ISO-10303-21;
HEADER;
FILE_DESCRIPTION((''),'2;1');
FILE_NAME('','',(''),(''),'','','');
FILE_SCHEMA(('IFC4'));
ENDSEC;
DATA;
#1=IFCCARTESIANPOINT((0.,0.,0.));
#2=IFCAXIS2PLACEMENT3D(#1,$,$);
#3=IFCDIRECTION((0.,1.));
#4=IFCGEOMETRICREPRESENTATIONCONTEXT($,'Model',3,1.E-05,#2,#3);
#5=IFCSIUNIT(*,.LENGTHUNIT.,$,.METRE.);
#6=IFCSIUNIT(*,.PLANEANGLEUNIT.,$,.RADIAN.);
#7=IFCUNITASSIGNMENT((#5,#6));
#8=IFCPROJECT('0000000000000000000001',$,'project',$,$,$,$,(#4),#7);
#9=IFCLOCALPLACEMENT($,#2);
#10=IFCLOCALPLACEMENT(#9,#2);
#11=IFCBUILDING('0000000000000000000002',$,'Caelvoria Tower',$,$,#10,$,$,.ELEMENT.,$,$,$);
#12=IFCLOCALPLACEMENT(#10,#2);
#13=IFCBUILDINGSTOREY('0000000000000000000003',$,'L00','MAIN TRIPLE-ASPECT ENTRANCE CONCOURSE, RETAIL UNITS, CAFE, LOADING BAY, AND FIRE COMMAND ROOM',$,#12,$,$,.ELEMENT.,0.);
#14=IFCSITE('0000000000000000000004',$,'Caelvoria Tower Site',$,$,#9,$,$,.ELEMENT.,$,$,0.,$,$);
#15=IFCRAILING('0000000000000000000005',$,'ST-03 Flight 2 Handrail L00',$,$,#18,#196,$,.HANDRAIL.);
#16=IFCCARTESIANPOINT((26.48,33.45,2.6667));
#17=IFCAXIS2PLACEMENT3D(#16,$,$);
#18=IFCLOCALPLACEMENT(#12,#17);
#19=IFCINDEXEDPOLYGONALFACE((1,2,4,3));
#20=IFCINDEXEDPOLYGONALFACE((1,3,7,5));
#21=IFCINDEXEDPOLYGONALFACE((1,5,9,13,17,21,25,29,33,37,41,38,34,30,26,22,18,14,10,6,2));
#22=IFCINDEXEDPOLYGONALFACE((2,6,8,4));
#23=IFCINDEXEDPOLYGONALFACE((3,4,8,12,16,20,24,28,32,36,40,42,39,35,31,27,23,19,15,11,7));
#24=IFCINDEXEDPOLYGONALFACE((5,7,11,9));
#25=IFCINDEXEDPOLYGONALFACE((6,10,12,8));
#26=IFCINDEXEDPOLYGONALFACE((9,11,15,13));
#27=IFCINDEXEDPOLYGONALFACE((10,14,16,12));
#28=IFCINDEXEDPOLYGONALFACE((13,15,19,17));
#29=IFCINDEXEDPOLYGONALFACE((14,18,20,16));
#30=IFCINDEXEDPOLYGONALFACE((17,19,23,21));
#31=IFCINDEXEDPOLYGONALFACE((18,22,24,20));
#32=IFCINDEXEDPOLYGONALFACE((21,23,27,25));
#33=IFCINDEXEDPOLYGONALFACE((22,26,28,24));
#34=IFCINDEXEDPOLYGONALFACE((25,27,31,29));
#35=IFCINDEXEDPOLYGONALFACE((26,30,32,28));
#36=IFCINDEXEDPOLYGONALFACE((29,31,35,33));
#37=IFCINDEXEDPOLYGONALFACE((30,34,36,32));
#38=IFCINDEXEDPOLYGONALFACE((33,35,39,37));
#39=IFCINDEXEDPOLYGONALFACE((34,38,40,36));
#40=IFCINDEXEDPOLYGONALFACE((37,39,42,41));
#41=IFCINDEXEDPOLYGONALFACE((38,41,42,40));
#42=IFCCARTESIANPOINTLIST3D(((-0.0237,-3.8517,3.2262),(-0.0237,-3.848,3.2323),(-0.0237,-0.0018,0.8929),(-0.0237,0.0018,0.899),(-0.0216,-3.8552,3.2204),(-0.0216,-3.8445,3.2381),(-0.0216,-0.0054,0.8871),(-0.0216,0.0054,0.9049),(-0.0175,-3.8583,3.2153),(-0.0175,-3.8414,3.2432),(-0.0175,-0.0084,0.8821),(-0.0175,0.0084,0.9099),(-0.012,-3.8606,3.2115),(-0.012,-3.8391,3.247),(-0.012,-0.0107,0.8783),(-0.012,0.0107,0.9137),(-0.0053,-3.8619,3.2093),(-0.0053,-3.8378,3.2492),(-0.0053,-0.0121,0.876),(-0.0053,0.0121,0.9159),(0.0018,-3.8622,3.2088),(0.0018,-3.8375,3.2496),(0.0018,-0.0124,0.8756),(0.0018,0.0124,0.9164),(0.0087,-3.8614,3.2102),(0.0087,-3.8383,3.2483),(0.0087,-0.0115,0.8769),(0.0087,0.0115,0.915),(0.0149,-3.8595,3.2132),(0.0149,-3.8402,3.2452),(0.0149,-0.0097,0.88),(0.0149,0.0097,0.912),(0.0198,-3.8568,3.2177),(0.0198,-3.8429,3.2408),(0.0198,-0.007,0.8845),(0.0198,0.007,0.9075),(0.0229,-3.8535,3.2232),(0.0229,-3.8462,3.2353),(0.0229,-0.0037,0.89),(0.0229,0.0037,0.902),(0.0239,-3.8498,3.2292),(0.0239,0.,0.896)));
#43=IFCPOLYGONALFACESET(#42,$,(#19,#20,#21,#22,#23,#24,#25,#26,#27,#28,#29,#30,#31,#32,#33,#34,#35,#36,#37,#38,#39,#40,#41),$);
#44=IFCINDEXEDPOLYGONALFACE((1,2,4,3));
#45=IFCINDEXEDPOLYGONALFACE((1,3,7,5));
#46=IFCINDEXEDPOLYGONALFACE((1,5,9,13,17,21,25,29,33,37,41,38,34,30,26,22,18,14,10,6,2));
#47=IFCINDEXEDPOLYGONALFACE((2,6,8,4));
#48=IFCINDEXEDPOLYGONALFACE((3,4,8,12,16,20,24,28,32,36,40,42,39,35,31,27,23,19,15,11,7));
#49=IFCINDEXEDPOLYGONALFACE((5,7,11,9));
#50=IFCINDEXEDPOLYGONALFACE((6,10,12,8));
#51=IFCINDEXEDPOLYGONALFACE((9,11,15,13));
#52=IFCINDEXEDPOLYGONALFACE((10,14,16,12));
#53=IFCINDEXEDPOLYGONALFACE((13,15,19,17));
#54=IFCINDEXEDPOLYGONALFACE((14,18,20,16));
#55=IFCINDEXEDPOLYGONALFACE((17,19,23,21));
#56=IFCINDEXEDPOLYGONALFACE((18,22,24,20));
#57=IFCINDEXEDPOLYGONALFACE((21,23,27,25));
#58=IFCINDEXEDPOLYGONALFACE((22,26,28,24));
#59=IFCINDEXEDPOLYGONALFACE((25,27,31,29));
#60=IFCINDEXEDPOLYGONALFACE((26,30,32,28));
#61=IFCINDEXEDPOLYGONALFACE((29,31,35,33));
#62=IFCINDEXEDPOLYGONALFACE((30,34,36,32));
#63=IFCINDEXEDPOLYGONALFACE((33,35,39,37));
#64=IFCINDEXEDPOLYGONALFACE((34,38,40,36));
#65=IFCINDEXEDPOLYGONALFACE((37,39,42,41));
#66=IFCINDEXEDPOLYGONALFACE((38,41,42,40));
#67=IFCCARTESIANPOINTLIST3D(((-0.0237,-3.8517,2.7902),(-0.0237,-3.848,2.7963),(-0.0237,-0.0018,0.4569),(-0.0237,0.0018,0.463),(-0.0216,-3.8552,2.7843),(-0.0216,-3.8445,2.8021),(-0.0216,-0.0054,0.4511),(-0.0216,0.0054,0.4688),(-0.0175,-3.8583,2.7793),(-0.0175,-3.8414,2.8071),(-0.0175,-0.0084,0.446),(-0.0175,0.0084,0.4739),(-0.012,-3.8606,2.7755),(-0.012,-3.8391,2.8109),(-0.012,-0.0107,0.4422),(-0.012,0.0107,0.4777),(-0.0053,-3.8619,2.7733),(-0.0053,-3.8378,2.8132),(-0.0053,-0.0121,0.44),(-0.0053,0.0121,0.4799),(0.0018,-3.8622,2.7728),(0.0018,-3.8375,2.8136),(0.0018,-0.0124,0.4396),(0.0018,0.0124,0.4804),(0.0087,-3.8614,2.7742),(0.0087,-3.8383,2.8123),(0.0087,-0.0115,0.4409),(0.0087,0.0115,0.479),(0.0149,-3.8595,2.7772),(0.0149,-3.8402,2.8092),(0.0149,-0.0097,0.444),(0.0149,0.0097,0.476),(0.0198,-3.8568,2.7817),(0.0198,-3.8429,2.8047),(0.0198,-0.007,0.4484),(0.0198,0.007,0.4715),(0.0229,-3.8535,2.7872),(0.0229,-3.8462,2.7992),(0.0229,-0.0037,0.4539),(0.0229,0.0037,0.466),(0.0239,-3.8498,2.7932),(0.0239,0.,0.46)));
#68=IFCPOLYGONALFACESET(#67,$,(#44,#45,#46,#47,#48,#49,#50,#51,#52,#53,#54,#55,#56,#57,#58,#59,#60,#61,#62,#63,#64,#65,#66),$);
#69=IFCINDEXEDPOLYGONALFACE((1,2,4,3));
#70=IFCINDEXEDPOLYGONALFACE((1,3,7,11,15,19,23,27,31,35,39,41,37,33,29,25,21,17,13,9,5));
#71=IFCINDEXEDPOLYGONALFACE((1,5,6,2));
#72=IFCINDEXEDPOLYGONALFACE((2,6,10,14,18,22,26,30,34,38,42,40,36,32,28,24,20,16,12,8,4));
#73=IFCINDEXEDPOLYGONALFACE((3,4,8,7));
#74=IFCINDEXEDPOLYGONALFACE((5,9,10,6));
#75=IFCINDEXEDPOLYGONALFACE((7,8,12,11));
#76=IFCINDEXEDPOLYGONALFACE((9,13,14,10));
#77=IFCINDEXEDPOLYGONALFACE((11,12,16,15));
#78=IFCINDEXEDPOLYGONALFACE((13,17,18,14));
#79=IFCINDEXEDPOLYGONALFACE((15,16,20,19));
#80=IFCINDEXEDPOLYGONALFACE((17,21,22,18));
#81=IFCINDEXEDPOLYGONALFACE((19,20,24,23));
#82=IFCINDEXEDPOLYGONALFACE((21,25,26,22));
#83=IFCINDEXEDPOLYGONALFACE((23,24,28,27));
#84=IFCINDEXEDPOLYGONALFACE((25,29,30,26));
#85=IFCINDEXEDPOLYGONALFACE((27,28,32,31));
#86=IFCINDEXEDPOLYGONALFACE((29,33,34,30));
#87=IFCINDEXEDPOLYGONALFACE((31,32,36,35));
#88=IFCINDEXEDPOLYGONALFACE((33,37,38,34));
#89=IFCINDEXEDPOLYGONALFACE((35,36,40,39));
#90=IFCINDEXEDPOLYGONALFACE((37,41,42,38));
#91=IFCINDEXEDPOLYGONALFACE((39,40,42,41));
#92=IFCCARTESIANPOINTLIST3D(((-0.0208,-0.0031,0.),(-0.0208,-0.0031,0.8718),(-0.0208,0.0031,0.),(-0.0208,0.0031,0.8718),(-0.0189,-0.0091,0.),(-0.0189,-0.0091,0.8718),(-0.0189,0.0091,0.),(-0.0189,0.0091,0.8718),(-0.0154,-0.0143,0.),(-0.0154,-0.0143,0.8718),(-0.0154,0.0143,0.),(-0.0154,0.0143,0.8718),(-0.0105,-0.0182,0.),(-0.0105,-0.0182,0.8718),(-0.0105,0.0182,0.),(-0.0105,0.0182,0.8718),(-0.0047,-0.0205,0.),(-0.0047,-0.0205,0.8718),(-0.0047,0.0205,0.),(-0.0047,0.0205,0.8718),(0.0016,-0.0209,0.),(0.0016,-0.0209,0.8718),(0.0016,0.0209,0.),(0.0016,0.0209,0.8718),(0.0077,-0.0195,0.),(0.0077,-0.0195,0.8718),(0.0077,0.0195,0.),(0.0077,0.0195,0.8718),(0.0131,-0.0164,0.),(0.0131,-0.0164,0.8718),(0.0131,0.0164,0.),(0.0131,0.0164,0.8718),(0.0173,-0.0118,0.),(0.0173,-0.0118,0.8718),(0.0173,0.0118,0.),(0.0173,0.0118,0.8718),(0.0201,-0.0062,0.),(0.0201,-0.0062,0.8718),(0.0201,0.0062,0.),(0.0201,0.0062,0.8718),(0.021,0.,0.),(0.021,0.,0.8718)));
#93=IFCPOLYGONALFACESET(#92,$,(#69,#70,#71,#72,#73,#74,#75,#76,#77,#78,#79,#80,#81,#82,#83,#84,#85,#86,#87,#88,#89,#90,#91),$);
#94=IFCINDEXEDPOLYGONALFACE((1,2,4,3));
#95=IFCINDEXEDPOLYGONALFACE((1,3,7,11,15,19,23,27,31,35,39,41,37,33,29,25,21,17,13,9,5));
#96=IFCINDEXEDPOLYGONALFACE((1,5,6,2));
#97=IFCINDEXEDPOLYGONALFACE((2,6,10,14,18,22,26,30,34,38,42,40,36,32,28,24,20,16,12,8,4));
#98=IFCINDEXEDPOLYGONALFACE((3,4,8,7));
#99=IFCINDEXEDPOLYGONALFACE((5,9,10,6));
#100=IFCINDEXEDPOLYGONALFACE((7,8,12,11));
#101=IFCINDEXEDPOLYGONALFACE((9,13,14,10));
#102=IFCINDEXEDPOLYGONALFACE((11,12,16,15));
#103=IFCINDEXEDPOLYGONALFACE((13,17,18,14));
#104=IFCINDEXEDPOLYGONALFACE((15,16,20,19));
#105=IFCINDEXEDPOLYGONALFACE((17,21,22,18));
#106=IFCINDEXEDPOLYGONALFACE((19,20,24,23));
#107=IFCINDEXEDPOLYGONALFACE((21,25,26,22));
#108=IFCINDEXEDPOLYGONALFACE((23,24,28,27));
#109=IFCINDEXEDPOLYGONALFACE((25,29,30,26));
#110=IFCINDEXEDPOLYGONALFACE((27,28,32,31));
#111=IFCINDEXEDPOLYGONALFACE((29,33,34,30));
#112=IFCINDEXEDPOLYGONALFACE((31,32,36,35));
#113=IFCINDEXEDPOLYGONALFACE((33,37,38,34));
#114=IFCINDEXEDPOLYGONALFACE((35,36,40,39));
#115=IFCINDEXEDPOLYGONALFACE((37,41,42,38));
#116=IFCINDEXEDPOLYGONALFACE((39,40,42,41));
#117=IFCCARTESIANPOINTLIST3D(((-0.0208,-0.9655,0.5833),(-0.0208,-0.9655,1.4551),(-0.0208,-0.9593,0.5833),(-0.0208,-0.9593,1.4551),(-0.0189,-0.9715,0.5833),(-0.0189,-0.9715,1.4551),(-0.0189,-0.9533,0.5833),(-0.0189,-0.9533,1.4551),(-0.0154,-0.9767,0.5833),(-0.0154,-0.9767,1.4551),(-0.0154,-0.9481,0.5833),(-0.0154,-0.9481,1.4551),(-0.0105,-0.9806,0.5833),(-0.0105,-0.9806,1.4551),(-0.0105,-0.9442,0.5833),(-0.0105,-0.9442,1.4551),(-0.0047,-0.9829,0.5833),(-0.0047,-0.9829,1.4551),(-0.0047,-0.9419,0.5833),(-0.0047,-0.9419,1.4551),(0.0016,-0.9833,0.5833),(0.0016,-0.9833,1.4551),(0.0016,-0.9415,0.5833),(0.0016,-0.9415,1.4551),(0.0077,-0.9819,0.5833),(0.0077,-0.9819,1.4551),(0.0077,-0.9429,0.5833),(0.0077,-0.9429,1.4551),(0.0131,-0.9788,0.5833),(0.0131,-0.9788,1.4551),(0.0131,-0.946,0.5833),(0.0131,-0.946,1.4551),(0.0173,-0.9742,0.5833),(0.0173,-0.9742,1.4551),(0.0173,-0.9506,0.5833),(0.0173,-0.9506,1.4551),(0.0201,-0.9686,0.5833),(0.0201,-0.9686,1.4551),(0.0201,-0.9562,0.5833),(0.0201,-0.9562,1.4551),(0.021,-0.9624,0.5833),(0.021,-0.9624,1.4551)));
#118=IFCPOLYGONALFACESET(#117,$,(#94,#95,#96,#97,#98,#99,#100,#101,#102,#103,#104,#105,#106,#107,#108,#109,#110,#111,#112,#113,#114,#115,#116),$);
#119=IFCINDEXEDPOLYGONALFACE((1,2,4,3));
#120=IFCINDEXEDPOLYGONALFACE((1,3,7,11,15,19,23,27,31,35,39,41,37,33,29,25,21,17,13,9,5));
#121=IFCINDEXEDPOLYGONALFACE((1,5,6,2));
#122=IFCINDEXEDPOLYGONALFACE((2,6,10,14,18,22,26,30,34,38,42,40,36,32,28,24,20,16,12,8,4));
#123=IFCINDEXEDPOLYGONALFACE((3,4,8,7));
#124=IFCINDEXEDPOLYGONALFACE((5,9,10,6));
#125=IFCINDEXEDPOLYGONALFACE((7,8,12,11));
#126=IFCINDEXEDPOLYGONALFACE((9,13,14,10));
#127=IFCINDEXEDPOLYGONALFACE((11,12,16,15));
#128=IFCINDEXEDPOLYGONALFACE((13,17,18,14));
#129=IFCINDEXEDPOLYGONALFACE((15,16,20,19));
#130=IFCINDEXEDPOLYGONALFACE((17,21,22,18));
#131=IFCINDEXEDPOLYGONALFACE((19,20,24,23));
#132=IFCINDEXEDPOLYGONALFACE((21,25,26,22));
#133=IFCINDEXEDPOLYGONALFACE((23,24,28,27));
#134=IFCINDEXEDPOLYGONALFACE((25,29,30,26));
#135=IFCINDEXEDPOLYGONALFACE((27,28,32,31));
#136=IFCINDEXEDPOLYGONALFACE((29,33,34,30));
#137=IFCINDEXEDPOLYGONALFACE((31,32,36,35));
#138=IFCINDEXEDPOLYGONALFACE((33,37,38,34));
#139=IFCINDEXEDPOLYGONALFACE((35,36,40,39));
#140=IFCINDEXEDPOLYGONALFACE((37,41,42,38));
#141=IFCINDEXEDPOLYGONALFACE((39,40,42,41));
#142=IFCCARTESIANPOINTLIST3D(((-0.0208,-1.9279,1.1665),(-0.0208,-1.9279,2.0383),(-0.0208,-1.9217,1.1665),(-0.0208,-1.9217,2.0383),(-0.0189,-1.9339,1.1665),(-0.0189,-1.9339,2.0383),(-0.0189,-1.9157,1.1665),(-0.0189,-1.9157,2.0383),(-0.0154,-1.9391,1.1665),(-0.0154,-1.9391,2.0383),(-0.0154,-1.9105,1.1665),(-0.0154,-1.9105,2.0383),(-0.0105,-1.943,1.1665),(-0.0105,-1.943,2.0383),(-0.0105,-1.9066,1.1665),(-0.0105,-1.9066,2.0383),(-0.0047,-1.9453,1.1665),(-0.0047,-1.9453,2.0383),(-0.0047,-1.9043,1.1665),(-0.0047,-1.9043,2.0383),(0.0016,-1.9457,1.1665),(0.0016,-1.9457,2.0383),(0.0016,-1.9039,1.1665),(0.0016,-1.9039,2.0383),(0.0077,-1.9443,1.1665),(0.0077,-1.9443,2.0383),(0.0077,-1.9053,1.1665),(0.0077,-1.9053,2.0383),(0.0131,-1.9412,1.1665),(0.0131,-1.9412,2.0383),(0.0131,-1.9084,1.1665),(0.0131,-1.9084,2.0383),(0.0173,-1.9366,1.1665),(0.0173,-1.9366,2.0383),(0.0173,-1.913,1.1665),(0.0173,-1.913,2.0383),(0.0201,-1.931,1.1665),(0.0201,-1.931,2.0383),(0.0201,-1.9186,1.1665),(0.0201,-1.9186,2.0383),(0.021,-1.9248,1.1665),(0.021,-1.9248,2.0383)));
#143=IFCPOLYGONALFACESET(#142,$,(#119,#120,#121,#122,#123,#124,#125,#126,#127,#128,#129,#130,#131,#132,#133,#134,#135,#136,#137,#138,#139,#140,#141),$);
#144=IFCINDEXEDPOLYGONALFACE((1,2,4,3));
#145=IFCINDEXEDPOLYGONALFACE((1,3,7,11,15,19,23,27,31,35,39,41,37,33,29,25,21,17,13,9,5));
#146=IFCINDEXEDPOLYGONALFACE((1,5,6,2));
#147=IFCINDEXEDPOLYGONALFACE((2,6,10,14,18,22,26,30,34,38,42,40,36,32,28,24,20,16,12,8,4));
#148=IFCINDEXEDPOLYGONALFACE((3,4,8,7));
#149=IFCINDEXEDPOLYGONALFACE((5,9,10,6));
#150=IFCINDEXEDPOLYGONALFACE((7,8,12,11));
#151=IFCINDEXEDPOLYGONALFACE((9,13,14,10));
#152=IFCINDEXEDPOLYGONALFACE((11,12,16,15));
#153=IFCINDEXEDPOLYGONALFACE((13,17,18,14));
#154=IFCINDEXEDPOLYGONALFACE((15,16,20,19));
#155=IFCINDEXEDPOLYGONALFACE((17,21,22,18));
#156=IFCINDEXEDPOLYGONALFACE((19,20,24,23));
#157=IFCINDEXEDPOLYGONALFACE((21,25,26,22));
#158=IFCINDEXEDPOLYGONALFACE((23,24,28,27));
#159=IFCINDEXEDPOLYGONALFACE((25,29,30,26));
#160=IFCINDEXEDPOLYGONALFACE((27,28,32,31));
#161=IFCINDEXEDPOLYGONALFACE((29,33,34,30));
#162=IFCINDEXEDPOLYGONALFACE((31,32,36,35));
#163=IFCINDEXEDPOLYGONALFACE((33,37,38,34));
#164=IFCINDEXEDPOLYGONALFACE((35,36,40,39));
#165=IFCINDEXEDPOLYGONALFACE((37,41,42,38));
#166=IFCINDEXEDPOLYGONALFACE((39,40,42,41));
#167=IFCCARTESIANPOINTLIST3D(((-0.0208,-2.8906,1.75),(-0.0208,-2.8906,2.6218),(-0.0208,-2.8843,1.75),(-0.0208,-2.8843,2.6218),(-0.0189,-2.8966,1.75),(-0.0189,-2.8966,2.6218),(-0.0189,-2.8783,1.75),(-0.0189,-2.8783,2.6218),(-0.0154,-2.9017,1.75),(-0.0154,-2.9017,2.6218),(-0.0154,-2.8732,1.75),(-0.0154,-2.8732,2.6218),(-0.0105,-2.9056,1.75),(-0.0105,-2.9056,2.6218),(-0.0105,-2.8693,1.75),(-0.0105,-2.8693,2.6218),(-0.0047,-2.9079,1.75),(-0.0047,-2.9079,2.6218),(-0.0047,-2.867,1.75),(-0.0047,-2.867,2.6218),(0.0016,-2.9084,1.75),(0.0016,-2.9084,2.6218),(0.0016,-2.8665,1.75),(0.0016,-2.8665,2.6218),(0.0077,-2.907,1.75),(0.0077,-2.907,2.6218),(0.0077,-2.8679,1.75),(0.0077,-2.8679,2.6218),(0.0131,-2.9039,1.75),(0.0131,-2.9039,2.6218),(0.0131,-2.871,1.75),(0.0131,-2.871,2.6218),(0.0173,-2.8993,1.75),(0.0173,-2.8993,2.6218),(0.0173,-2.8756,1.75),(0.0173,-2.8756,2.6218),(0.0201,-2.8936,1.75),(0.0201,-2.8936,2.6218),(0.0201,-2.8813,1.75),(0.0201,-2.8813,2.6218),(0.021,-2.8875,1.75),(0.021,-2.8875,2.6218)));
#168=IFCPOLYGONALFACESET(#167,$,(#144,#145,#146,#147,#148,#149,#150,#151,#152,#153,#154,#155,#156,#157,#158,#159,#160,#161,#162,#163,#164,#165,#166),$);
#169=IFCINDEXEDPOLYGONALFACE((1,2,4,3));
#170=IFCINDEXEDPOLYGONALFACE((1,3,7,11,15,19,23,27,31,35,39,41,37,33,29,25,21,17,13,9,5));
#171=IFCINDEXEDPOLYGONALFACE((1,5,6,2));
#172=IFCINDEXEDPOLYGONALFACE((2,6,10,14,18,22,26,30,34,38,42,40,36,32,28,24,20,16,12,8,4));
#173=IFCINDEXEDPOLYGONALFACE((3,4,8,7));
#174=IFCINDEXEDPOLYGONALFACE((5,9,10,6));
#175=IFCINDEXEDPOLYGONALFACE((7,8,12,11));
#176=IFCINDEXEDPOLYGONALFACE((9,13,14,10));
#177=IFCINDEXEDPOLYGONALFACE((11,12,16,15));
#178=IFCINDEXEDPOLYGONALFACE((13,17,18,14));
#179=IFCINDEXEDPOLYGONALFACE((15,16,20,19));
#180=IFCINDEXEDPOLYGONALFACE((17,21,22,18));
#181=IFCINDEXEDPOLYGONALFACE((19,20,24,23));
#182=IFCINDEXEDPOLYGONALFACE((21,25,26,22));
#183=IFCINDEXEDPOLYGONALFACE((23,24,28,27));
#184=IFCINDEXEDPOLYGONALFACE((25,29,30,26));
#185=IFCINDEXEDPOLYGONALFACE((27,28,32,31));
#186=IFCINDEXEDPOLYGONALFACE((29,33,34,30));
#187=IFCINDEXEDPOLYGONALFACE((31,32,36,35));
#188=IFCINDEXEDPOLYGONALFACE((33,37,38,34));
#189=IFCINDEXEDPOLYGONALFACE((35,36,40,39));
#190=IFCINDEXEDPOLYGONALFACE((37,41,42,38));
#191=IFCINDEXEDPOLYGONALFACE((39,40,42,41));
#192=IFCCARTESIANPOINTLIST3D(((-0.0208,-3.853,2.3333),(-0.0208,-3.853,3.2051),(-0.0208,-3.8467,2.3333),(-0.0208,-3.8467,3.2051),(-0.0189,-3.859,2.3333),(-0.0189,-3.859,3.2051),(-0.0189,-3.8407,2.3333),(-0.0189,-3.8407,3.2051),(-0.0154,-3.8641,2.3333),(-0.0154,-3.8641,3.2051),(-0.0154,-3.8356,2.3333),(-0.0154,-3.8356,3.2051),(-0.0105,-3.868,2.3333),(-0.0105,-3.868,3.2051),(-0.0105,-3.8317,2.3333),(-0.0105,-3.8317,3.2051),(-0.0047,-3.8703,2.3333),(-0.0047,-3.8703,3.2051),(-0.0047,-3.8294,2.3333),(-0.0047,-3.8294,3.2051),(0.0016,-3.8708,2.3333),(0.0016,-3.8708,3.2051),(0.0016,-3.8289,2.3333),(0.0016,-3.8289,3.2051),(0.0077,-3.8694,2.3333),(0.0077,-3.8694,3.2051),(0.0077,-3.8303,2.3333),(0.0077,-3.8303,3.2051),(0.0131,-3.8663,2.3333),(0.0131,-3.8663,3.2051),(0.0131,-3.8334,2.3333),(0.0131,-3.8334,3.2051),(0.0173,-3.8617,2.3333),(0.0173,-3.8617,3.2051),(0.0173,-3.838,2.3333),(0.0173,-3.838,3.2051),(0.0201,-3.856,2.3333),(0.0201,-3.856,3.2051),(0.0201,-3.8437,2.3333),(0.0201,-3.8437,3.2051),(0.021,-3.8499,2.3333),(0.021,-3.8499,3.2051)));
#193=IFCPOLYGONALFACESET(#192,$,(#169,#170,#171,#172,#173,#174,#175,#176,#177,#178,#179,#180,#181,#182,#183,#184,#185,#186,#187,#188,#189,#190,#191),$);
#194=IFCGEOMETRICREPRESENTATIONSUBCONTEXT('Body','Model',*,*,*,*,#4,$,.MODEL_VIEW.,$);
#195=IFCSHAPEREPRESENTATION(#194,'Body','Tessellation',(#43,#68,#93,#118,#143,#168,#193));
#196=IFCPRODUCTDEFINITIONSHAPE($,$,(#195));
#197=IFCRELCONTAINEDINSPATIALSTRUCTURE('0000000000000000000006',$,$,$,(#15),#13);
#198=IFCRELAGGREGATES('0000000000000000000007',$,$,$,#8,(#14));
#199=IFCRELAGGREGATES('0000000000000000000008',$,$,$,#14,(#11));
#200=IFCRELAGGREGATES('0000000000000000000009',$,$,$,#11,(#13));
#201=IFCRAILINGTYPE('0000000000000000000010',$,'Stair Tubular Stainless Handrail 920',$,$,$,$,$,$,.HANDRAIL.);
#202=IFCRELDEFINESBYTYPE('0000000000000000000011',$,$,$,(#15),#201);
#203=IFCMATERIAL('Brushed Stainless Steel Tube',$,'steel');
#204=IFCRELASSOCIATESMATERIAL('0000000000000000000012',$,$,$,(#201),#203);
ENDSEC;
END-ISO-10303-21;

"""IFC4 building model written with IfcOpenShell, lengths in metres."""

from ifc_helpers import new_model, si_unit, direction, frame, origin, origin_2d, place, context, subcontext, project, spatial, circle, extrude, material, type_object, element, save


model = new_model("IFC4")

# Units and contexts
model_context = context("Model", 3, precision=1e-05, world=origin(), true_north=direction((0.0, 1.0)))
body_context = subcontext(model_context, "Body", "Model", "MODEL_VIEW")
ifc_project = project(units=[si_unit("LENGTHUNIT", "METRE"), si_unit("PLANEANGLEUNIT", "RADIAN")], contexts=[model_context])

# Site, building, storey
site_placement = place(None, origin())
site = spatial("IfcSite", under=ifc_project, at=site_placement, Name="Caelvoria Tower Site", CompositionType="ELEMENT", RefElevation=0.0)
building_placement = place(site_placement, origin())
building = spatial("IfcBuilding", under=site, at=building_placement, Name="Caelvoria Tower", CompositionType="ELEMENT")
storey_placement = place(building_placement, origin())
storey = spatial("IfcBuildingStorey", under=building, at=storey_placement, Name="L00", Description="MAIN TRIPLE-ASPECT ENTRANCE CONCOURSE, RETAIL UNITS, CAFE, LOADING BAY, AND FIRE COMMAND ROOM", CompositionType="ELEMENT", Elevation=0.0)

# Railing
ifc_material_1 = material(Name="Brushed Stainless Steel Tube", Category="steel")
railing_type_1 = type_object("IfcRailingType", Name="Stair Tubular Stainless Handrail 920", PredefinedType="HANDRAIL", material=ifc_material_1)
railing_1_placement = place(storey_placement, frame((26.48, 33.45, 2.6667)))
element("IfcRailing", 1, at=railing_1_placement, inside=storey, type_object=railing_type_1, Name="ST-03 Flight 2 Handrail L00", PredefinedType="HANDRAIL", context=body_context, shape_type="SweptSolid", body=[
    extrude(circle(Radius=0.0239, at=origin_2d()), frame((0.0, 0.0, 0.896), z_axis=(0.0, -0.855197, 0.518303), x_axis=(1.0, 0.0, 0.0)), (0.0, 0.0, 1.0), 4.5017),
    extrude(circle(Radius=0.0239, at=origin_2d()), frame((0.0, 0.0, 0.46), z_axis=(0.0, -0.855197, 0.518303), x_axis=(1.0, 0.0, 0.0)), (0.0, 0.0, 1.0), 4.5017),
    extrude(circle(Radius=0.021, at=origin_2d()), origin(), (0.0, 0.0, 1.0), 0.8718),
    extrude(circle(Radius=0.021, at=origin_2d()), frame((0.0, -0.9624, 0.5833)), (0.0, 0.0, 1.0), 0.8718),
    extrude(circle(Radius=0.021, at=origin_2d()), frame((0.0, -1.9248, 1.1665)), (0.0, 0.0, 1.0), 0.8718),
    extrude(circle(Radius=0.021, at=origin_2d()), frame((0.0, -2.8875, 1.75)), (0.0, 0.0, 1.0), 0.8718),
    extrude(circle(Radius=0.021, at=origin_2d()), frame((0.0, -3.8499, 2.3333)), (0.0, 0.0, 1.0), 0.8718),
])

save(model, "model.ifc")
